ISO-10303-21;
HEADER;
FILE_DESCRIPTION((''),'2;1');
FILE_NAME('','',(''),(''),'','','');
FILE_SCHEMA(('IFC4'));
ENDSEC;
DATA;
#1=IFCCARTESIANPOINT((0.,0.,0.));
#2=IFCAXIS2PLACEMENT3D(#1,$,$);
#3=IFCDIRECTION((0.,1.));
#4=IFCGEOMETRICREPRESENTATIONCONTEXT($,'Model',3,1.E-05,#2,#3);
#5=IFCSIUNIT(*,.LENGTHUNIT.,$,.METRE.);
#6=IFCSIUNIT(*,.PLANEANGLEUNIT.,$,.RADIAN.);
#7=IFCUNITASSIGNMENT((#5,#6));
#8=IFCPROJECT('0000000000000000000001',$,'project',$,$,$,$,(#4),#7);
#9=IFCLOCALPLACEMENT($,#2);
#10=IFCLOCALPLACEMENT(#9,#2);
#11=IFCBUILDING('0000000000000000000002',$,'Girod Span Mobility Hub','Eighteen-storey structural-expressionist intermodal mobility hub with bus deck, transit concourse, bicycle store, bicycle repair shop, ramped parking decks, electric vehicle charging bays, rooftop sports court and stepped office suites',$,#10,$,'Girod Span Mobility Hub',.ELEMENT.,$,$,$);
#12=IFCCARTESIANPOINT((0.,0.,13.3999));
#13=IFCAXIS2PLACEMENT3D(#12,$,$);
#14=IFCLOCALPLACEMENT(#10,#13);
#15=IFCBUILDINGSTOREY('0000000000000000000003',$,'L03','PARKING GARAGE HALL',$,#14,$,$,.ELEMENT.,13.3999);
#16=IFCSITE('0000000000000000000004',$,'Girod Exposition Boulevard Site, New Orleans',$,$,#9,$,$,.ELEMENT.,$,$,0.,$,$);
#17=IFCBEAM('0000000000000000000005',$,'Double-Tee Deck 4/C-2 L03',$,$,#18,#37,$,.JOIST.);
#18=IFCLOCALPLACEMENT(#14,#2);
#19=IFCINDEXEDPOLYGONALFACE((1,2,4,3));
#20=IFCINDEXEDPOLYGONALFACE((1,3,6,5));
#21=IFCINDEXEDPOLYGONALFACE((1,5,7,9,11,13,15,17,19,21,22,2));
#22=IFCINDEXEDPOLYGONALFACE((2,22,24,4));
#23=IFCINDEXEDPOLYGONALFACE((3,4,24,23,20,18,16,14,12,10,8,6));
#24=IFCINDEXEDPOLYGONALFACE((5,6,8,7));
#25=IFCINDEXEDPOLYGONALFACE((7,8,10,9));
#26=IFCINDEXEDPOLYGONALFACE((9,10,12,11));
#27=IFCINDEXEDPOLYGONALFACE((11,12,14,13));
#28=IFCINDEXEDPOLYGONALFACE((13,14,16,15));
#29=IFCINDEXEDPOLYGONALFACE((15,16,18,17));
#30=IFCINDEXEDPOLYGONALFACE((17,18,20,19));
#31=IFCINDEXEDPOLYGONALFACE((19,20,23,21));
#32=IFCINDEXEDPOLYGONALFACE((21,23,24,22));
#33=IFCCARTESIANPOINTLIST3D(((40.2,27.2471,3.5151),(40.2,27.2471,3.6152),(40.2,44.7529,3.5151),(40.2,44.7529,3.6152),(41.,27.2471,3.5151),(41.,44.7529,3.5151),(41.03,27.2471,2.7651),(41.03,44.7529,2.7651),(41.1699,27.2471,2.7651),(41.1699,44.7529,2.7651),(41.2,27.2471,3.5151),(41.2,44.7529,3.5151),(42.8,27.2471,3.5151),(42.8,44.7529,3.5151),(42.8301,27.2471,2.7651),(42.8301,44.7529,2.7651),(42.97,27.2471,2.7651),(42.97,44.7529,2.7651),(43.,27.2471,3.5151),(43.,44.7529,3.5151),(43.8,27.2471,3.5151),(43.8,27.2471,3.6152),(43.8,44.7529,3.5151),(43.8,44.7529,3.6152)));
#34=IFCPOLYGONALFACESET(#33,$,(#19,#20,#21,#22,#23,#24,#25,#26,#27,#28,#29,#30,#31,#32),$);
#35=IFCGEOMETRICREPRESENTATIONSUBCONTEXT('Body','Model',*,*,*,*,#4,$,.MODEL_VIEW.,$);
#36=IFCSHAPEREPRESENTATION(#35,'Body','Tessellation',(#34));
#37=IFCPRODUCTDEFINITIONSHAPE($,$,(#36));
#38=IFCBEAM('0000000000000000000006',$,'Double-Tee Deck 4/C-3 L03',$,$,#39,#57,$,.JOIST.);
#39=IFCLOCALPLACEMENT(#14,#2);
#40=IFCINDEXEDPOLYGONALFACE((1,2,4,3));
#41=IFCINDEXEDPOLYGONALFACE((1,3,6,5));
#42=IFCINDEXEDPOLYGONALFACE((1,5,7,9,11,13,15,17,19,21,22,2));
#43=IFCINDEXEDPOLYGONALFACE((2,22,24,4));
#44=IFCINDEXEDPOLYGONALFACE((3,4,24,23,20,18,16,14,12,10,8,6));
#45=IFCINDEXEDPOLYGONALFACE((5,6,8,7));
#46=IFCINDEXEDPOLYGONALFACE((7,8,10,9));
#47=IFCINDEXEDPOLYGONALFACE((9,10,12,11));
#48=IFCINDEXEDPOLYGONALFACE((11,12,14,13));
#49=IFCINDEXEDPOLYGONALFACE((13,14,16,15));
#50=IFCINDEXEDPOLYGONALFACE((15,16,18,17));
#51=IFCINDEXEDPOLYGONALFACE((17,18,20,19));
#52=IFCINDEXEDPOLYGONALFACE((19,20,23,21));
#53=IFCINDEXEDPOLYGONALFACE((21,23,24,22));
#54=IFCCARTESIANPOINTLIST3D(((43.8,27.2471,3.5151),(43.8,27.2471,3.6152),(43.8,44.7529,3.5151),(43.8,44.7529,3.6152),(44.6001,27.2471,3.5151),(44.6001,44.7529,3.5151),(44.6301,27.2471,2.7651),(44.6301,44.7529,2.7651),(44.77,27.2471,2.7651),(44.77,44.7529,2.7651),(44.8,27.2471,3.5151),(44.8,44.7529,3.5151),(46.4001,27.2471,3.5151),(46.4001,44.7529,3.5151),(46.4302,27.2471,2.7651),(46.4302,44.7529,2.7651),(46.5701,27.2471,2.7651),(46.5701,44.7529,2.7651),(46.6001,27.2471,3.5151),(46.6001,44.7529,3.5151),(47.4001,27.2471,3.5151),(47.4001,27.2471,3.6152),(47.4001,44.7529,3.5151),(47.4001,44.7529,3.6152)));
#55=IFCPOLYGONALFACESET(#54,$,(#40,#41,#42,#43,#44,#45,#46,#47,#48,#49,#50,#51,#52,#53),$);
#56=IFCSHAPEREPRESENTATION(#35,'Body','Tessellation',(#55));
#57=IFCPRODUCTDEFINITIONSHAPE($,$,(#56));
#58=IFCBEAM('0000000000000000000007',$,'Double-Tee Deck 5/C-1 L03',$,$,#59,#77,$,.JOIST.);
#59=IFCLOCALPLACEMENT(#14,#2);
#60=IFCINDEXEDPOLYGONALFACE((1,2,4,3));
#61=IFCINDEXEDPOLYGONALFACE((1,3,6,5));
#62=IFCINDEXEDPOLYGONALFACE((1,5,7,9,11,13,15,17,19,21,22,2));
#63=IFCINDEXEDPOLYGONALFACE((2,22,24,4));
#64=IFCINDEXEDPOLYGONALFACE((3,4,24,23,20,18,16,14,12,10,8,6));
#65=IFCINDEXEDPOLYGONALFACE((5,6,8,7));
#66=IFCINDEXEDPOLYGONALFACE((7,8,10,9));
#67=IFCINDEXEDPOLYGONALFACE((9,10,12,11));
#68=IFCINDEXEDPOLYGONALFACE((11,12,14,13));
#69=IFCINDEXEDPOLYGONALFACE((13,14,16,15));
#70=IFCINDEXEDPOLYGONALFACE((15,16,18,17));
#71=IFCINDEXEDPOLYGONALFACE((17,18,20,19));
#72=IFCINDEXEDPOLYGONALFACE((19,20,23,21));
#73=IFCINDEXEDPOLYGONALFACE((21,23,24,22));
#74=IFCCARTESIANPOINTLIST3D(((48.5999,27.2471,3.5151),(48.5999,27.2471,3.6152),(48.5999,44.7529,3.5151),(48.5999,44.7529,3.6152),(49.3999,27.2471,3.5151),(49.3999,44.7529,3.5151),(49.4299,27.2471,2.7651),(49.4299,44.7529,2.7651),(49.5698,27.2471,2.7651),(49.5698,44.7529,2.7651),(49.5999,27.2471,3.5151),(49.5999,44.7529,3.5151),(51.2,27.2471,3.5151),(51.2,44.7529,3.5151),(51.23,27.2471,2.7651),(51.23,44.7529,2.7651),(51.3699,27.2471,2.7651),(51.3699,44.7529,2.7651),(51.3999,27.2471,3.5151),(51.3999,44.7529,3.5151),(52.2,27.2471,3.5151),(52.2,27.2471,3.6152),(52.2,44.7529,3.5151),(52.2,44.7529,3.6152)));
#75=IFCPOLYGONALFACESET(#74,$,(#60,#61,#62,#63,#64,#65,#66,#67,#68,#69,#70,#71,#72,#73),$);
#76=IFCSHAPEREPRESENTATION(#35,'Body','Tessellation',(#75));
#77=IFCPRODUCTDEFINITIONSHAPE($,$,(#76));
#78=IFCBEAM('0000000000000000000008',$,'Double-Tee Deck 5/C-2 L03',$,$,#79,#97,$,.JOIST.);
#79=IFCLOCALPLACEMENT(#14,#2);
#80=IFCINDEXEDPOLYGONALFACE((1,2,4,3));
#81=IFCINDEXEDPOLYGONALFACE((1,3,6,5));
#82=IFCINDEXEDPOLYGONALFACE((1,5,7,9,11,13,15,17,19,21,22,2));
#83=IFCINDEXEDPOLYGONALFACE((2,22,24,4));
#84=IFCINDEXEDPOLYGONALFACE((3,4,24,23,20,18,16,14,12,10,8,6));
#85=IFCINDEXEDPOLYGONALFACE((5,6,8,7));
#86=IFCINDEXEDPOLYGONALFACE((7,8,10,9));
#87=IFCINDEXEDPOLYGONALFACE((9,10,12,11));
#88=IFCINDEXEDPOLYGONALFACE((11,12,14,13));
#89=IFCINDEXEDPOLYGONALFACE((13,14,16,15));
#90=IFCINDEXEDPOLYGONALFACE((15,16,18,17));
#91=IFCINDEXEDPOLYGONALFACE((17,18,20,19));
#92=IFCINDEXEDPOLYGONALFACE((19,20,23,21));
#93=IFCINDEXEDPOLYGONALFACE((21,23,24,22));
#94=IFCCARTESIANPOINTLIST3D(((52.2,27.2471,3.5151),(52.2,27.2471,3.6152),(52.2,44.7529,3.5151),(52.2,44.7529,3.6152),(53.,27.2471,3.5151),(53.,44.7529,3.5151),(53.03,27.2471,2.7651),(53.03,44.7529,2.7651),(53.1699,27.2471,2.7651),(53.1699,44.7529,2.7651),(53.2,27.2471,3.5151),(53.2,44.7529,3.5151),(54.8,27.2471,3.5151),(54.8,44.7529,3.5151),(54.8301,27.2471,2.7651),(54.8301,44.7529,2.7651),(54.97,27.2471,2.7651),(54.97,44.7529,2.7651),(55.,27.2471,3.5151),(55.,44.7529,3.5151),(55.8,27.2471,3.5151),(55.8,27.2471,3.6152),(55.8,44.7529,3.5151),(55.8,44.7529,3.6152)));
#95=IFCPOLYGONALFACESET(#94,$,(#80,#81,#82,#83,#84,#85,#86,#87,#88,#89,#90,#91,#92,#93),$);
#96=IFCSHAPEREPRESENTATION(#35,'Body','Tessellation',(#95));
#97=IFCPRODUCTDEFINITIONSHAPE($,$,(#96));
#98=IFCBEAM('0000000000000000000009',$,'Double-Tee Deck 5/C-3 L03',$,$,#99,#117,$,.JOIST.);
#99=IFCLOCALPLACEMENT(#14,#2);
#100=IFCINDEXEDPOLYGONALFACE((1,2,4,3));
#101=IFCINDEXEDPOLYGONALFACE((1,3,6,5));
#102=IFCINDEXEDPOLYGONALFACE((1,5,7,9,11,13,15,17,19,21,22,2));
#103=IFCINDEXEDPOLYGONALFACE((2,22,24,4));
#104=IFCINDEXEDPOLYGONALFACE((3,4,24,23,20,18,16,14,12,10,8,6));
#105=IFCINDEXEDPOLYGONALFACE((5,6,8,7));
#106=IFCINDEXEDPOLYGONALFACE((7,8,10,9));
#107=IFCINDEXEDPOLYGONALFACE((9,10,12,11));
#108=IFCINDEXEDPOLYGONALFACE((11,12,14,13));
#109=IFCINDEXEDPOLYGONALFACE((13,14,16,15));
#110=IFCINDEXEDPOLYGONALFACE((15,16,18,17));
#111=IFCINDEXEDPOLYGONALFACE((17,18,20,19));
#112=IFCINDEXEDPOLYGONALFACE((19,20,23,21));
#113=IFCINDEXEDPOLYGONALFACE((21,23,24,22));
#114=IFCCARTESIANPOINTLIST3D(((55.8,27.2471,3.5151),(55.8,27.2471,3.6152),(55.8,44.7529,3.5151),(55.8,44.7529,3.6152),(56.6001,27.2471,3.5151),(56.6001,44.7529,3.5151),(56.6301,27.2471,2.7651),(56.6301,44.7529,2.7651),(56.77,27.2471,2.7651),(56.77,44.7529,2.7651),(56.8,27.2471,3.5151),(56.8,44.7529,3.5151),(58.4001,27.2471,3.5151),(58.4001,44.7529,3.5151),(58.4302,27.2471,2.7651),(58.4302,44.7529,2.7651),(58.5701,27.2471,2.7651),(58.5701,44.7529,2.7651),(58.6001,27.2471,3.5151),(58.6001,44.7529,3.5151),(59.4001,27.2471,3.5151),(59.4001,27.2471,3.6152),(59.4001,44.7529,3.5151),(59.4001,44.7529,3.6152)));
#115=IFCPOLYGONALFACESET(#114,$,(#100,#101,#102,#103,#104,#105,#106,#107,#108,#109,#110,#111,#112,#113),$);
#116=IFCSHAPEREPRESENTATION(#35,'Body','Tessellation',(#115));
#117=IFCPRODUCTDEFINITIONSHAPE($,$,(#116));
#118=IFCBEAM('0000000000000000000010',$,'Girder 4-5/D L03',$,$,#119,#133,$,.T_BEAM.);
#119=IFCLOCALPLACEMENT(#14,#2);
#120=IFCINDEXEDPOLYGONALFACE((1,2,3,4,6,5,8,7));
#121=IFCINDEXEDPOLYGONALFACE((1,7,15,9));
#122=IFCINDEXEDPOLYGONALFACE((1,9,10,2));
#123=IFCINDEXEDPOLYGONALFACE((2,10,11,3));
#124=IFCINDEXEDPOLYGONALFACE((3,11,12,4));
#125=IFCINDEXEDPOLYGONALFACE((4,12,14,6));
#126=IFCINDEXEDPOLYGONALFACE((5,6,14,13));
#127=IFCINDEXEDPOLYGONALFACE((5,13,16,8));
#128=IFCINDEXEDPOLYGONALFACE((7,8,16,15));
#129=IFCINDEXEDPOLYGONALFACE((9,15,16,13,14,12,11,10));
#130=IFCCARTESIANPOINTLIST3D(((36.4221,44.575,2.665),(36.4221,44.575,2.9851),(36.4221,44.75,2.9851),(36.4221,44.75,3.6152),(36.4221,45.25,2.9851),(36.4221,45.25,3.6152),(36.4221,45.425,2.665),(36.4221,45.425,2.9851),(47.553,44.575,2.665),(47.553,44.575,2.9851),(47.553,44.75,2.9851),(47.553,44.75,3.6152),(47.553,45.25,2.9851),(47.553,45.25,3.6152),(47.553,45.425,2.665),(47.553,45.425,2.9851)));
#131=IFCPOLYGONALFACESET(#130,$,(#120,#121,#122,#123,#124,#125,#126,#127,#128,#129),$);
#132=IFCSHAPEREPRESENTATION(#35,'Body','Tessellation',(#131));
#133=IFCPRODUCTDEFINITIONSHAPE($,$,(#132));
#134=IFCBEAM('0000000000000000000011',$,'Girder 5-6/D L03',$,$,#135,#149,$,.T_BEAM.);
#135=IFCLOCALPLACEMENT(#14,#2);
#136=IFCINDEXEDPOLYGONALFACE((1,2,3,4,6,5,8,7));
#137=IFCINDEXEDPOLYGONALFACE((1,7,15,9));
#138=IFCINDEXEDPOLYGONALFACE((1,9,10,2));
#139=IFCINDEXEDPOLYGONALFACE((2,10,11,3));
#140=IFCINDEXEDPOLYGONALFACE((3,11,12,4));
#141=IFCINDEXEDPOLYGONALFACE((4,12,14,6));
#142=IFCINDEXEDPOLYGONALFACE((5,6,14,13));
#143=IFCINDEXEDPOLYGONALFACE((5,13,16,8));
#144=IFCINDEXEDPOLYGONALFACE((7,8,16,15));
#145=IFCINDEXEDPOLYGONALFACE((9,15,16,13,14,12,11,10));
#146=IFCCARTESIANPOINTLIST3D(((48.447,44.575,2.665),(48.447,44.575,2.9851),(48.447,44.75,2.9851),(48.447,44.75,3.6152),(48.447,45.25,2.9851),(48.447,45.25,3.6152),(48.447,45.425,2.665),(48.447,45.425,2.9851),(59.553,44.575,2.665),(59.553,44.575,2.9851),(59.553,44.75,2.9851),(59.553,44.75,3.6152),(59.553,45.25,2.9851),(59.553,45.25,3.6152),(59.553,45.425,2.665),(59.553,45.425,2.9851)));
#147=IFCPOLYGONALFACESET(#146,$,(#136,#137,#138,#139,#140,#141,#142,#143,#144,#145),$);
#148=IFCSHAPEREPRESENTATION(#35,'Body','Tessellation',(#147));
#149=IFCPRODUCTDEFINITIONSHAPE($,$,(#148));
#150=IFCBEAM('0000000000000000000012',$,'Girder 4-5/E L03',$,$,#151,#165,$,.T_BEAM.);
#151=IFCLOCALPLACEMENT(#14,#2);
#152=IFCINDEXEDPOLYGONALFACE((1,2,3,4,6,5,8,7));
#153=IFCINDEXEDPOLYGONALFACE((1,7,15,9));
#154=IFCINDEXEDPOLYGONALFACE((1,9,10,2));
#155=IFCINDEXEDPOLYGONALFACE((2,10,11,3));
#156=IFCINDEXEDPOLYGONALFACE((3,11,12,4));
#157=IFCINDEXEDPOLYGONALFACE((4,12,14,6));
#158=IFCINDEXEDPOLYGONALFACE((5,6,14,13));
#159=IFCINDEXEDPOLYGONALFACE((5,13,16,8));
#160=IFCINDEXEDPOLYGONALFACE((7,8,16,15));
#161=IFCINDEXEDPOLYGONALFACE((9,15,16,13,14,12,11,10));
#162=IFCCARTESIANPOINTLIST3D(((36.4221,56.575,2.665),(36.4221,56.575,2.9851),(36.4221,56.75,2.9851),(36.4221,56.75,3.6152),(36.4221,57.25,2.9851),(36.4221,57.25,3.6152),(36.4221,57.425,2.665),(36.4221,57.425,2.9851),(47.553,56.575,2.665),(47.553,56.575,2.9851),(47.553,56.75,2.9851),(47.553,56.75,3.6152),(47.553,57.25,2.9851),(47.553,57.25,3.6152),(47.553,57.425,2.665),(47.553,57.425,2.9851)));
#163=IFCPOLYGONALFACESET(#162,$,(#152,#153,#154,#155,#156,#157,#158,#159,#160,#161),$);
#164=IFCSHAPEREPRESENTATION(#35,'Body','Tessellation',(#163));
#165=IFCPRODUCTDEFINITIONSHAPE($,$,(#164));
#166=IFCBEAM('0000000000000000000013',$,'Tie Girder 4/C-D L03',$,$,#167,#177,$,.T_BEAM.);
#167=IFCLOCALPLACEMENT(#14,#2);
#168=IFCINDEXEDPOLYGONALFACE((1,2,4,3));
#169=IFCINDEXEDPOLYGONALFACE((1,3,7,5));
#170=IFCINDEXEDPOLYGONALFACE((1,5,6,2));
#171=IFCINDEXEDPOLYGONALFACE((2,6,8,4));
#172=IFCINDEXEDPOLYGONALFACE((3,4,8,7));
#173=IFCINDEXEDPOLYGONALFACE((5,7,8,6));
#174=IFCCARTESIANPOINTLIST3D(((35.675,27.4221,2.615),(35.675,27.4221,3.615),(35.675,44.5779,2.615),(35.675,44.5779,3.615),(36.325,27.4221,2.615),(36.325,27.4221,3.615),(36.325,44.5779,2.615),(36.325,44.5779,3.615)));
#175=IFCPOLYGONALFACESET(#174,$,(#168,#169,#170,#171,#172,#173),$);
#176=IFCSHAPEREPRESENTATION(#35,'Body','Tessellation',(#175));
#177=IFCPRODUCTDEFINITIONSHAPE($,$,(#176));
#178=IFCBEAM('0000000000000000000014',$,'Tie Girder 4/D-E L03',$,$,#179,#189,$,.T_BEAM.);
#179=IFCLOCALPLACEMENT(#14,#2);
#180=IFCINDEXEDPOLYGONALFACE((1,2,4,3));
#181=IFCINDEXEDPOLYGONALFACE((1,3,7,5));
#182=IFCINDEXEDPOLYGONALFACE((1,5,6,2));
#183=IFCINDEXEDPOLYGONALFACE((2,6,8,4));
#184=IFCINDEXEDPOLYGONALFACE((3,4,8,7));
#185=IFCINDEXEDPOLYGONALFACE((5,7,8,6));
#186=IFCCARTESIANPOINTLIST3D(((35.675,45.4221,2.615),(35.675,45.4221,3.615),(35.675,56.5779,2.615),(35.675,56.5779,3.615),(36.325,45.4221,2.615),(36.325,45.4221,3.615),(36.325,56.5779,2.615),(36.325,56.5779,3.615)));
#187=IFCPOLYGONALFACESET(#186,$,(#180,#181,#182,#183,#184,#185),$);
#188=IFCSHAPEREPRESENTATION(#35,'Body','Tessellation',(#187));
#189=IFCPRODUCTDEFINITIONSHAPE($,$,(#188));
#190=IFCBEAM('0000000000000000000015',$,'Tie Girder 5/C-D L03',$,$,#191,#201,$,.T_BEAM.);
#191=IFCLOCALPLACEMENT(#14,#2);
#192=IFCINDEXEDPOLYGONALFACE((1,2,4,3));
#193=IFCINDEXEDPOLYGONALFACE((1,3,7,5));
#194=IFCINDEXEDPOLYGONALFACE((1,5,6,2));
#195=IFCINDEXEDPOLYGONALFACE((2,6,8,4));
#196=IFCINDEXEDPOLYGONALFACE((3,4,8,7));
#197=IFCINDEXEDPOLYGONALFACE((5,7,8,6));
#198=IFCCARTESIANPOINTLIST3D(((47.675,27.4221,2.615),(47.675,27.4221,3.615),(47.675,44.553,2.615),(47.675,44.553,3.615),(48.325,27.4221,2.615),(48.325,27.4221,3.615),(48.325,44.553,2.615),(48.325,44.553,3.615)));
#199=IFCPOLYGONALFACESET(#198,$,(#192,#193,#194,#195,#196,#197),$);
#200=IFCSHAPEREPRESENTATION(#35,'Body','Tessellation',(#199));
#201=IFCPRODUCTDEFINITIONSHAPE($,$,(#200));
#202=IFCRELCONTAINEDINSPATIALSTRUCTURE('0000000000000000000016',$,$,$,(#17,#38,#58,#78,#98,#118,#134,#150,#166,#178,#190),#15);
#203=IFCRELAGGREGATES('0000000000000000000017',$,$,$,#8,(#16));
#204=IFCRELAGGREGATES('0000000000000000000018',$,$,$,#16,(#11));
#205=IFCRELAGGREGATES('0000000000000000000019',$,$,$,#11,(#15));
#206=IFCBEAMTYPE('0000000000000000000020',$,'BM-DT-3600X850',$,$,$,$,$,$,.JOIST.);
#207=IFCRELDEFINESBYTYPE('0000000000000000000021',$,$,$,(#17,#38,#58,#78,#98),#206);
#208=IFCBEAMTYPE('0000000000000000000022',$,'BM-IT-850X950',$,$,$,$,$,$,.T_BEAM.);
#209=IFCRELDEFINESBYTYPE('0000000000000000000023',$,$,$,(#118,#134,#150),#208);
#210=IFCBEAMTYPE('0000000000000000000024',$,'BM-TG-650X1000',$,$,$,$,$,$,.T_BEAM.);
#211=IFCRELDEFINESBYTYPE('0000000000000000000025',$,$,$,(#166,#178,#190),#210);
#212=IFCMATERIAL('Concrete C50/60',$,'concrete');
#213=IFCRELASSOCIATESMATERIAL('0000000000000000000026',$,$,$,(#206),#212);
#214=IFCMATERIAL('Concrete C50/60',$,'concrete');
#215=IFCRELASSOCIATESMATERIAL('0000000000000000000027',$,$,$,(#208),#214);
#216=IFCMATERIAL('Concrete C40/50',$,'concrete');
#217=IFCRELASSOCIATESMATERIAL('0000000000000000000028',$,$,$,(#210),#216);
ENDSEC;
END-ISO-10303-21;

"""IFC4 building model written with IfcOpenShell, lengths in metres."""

from ifc_helpers import new_model, si_unit, direction, frame, origin, origin_2d, place, context, subcontext, project, spatial, polyline, rectangle, outline, extrude, material, material_profile, profile_set, type_object, element, save


model = new_model("IFC4")

# Units and contexts
model_context = context("Model", 3, precision=1e-05, world=origin(), true_north=direction((0.0, 1.0)))
body_context = subcontext(model_context, "Body", "Model", "MODEL_VIEW")
ifc_project = project(units=[si_unit("LENGTHUNIT", "METRE"), si_unit("PLANEANGLEUNIT", "RADIAN")], contexts=[model_context])

# Site, building, storey
site_placement = place(None, origin())
site = spatial("IfcSite", under=ifc_project, at=site_placement, Name="Girod Exposition Boulevard Site, New Orleans", CompositionType="ELEMENT", RefElevation=0.0)
building_placement = place(site_placement, origin())
building = spatial("IfcBuilding", under=site, at=building_placement, Name="Girod Span Mobility Hub", Description="Eighteen-storey structural-expressionist intermodal mobility hub with bus deck, transit concourse, bicycle store, bicycle repair shop, ramped parking decks, electric vehicle charging bays, rooftop sports court and stepped office suites", LongName="Girod Span Mobility Hub", CompositionType="ELEMENT")
storey_placement = place(building_placement, frame((0.0, 0.0, 13.3999)))
storey = spatial("IfcBuildingStorey", under=building, at=storey_placement, Name="L03", Description="PARKING GARAGE HALL", CompositionType="ELEMENT", Elevation=13.3999)

# Beams
ifc_material_1 = material(Name="Concrete C50/60", Category="concrete")
ifc_material_profile_1 = material_profile(ifc_material_1, outline(polyline([(-1.8, 0.425), (-1.8, 0.325), (-1.0, 0.325), (-0.97, -0.425), (-0.8301, -0.425), (-0.8, 0.325), (0.8, 0.325), (0.8301, -0.425), (0.97, -0.425), (1.0, 0.325), (1.8, 0.325), (1.8, 0.425), (-1.8, 0.425)])), Name="DT-3600X850")
ifc_profile_set_1 = profile_set([ifc_material_profile_1], Name="Concrete C50/60")
beam_type_1 = type_object("IfcBeamType", Name="BM-DT-3600X850", PredefinedType="JOIST", material=ifc_profile_set_1)
for number, where, z_axis, x_axis, name in (
    (1, (42.0, 27.2471, 3.1902), (0.0, 1.0, 0.0), (-1.0, 0.0, 0.0), "Double-Tee Deck 4/C-2 L03"),
    (2, (45.6001, 27.2471, 3.1902), (0.0, 1.0, 0.0), (-1.0, 0.0, 0.0), "Double-Tee Deck 4/C-3 L03"),
    (3, (50.3999, 27.2471, 3.1902), (0.0, 1.0, 0.0), (-1.0, 0.0, 0.0), "Double-Tee Deck 5/C-1 L03"),
    (4, (54.0, 27.2471, 3.1902), (0.0, 1.0, 0.0), (-1.0, 0.0, 0.0), "Double-Tee Deck 5/C-2 L03"),
    (5, (57.6001, 27.2471, 3.1902), (0.0, 1.0, 0.0), (-1.0, 0.0, 0.0), "Double-Tee Deck 5/C-3 L03"),
):
    element("IfcBeam", number, at=place(storey_placement, frame(where, z_axis=z_axis, x_axis=x_axis)), inside=storey, type_object=beam_type_1, Name=name, PredefinedType="JOIST", context=body_context, shape_type="SweptSolid", body=[
        extrude(outline(polyline([(-1.8, 0.425), (-1.8, 0.325), (-1.0, 0.325), (-0.97, -0.425), (-0.8301, -0.425), (-0.8, 0.325), (0.8, 0.325), (0.8301, -0.425), (0.97, -0.425), (1.0, 0.325), (1.8, 0.325), (1.8, 0.425), (-1.8, 0.425)])), origin(), (0.0, 0.0, 1.0), 17.5059),
    ])
ifc_material_2 = material(Name="Concrete C50/60", Category="concrete")
ifc_material_profile_2 = material_profile(ifc_material_2, outline(polyline([(-0.425, -0.4751), (0.425, -0.4751), (0.425, -0.155), (0.25, -0.155), (0.25, 0.4751), (-0.25, 0.4751), (-0.25, -0.155), (-0.425, -0.155), (-0.425, -0.4751)])), Name="IT-850X950")
ifc_profile_set_2 = profile_set([ifc_material_profile_2], Name="Concrete C50/60")
beam_type_2 = type_object("IfcBeamType", Name="BM-IT-850X950", PredefinedType="T_BEAM", material=ifc_profile_set_2)
beam_1_placement = place(storey_placement, frame((36.4221, 45.0, 3.1401), z_axis=(1.0, 0.0, 0.0), x_axis=(0.0, 1.0, 0.0)))
element("IfcBeam", 6, at=beam_1_placement, inside=storey, type_object=beam_type_2, Name="Girder 4-5/D L03", PredefinedType="T_BEAM", context=body_context, shape_type="SweptSolid", body=[
    extrude(outline(polyline([(-0.425, -0.4751), (0.425, -0.4751), (0.425, -0.155), (0.25, -0.155), (0.25, 0.4751), (-0.25, 0.4751), (-0.25, -0.155), (-0.425, -0.155), (-0.425, -0.4751)])), origin(), (0.0, 0.0, 1.0), 11.1309),
])
beam_2_placement = place(storey_placement, frame((48.447, 45.0, 3.1401), z_axis=(1.0, 0.0, 0.0), x_axis=(0.0, 1.0, 0.0)))
element("IfcBeam", 7, at=beam_2_placement, inside=storey, type_object=beam_type_2, Name="Girder 5-6/D L03", PredefinedType="T_BEAM", context=body_context, shape_type="SweptSolid", body=[
    extrude(outline(polyline([(-0.425, -0.4751), (0.425, -0.4751), (0.425, -0.155), (0.25, -0.155), (0.25, 0.4751), (-0.25, 0.4751), (-0.25, -0.155), (-0.425, -0.155), (-0.425, -0.4751)])), origin(), (0.0, 0.0, 1.0), 11.106),
])
beam_3_placement = place(storey_placement, frame((36.4221, 57.0, 3.1401), z_axis=(1.0, 0.0, 0.0), x_axis=(0.0, 1.0, 0.0)))
element("IfcBeam", 8, at=beam_3_placement, inside=storey, type_object=beam_type_2, Name="Girder 4-5/E L03", PredefinedType="T_BEAM", context=body_context, shape_type="SweptSolid", body=[
    extrude(outline(polyline([(-0.425, -0.4751), (0.425, -0.4751), (0.425, -0.155), (0.25, -0.155), (0.25, 0.4751), (-0.25, 0.4751), (-0.25, -0.155), (-0.425, -0.155), (-0.425, -0.4751)])), origin(), (0.0, 0.0, 1.0), 11.1309),
])
ifc_material_3 = material(Name="Concrete C40/50", Category="concrete")
ifc_material_profile_3 = material_profile(ifc_material_3, rectangle(XDim=0.6499, YDim=1.0, at=origin_2d()), Name="TG-650X1000")
ifc_profile_set_3 = profile_set([ifc_material_profile_3], Name="Concrete C40/50")
beam_type_3 = type_object("IfcBeamType", Name="BM-TG-650X1000", PredefinedType="T_BEAM", material=ifc_profile_set_3)
beam_4_placement = place(storey_placement, frame((36.0, 27.4221, 3.115), z_axis=(0.0, 1.0, 0.0), x_axis=(-1.0, 0.0, 0.0)))
element("IfcBeam", 9, at=beam_4_placement, inside=storey, type_object=beam_type_3, Name="Tie Girder 4/C-D L03", PredefinedType="T_BEAM", context=body_context, shape_type="SweptSolid", body=[
    extrude(rectangle(XDim=0.6499, YDim=1.0, at=origin_2d()), origin(), (0.0, 0.0, 1.0), 17.1558),
])
beam_5_placement = place(storey_placement, frame((36.0, 45.4221, 3.115), z_axis=(0.0, 1.0, 0.0), x_axis=(-1.0, 0.0, 0.0)))
element("IfcBeam", 10, at=beam_5_placement, inside=storey, type_object=beam_type_3, Name="Tie Girder 4/D-E L03", PredefinedType="T_BEAM", context=body_context, shape_type="SweptSolid", body=[
    extrude(rectangle(XDim=0.6499, YDim=1.0, at=origin_2d()), origin(), (0.0, 0.0, 1.0), 11.1558),
])
beam_6_placement = place(storey_placement, frame((48.0, 27.4221, 3.115), z_axis=(0.0, 1.0, 0.0), x_axis=(-1.0, 0.0, 0.0)))
element("IfcBeam", 11, at=beam_6_placement, inside=storey, type_object=beam_type_3, Name="Tie Girder 5/C-D L03", PredefinedType="T_BEAM", context=body_context, shape_type="SweptSolid", body=[
    extrude(rectangle(XDim=0.6499, YDim=1.0, at=origin_2d()), origin(), (0.0, 0.0, 1.0), 17.1309),
])

save(model, "model.ifc")
